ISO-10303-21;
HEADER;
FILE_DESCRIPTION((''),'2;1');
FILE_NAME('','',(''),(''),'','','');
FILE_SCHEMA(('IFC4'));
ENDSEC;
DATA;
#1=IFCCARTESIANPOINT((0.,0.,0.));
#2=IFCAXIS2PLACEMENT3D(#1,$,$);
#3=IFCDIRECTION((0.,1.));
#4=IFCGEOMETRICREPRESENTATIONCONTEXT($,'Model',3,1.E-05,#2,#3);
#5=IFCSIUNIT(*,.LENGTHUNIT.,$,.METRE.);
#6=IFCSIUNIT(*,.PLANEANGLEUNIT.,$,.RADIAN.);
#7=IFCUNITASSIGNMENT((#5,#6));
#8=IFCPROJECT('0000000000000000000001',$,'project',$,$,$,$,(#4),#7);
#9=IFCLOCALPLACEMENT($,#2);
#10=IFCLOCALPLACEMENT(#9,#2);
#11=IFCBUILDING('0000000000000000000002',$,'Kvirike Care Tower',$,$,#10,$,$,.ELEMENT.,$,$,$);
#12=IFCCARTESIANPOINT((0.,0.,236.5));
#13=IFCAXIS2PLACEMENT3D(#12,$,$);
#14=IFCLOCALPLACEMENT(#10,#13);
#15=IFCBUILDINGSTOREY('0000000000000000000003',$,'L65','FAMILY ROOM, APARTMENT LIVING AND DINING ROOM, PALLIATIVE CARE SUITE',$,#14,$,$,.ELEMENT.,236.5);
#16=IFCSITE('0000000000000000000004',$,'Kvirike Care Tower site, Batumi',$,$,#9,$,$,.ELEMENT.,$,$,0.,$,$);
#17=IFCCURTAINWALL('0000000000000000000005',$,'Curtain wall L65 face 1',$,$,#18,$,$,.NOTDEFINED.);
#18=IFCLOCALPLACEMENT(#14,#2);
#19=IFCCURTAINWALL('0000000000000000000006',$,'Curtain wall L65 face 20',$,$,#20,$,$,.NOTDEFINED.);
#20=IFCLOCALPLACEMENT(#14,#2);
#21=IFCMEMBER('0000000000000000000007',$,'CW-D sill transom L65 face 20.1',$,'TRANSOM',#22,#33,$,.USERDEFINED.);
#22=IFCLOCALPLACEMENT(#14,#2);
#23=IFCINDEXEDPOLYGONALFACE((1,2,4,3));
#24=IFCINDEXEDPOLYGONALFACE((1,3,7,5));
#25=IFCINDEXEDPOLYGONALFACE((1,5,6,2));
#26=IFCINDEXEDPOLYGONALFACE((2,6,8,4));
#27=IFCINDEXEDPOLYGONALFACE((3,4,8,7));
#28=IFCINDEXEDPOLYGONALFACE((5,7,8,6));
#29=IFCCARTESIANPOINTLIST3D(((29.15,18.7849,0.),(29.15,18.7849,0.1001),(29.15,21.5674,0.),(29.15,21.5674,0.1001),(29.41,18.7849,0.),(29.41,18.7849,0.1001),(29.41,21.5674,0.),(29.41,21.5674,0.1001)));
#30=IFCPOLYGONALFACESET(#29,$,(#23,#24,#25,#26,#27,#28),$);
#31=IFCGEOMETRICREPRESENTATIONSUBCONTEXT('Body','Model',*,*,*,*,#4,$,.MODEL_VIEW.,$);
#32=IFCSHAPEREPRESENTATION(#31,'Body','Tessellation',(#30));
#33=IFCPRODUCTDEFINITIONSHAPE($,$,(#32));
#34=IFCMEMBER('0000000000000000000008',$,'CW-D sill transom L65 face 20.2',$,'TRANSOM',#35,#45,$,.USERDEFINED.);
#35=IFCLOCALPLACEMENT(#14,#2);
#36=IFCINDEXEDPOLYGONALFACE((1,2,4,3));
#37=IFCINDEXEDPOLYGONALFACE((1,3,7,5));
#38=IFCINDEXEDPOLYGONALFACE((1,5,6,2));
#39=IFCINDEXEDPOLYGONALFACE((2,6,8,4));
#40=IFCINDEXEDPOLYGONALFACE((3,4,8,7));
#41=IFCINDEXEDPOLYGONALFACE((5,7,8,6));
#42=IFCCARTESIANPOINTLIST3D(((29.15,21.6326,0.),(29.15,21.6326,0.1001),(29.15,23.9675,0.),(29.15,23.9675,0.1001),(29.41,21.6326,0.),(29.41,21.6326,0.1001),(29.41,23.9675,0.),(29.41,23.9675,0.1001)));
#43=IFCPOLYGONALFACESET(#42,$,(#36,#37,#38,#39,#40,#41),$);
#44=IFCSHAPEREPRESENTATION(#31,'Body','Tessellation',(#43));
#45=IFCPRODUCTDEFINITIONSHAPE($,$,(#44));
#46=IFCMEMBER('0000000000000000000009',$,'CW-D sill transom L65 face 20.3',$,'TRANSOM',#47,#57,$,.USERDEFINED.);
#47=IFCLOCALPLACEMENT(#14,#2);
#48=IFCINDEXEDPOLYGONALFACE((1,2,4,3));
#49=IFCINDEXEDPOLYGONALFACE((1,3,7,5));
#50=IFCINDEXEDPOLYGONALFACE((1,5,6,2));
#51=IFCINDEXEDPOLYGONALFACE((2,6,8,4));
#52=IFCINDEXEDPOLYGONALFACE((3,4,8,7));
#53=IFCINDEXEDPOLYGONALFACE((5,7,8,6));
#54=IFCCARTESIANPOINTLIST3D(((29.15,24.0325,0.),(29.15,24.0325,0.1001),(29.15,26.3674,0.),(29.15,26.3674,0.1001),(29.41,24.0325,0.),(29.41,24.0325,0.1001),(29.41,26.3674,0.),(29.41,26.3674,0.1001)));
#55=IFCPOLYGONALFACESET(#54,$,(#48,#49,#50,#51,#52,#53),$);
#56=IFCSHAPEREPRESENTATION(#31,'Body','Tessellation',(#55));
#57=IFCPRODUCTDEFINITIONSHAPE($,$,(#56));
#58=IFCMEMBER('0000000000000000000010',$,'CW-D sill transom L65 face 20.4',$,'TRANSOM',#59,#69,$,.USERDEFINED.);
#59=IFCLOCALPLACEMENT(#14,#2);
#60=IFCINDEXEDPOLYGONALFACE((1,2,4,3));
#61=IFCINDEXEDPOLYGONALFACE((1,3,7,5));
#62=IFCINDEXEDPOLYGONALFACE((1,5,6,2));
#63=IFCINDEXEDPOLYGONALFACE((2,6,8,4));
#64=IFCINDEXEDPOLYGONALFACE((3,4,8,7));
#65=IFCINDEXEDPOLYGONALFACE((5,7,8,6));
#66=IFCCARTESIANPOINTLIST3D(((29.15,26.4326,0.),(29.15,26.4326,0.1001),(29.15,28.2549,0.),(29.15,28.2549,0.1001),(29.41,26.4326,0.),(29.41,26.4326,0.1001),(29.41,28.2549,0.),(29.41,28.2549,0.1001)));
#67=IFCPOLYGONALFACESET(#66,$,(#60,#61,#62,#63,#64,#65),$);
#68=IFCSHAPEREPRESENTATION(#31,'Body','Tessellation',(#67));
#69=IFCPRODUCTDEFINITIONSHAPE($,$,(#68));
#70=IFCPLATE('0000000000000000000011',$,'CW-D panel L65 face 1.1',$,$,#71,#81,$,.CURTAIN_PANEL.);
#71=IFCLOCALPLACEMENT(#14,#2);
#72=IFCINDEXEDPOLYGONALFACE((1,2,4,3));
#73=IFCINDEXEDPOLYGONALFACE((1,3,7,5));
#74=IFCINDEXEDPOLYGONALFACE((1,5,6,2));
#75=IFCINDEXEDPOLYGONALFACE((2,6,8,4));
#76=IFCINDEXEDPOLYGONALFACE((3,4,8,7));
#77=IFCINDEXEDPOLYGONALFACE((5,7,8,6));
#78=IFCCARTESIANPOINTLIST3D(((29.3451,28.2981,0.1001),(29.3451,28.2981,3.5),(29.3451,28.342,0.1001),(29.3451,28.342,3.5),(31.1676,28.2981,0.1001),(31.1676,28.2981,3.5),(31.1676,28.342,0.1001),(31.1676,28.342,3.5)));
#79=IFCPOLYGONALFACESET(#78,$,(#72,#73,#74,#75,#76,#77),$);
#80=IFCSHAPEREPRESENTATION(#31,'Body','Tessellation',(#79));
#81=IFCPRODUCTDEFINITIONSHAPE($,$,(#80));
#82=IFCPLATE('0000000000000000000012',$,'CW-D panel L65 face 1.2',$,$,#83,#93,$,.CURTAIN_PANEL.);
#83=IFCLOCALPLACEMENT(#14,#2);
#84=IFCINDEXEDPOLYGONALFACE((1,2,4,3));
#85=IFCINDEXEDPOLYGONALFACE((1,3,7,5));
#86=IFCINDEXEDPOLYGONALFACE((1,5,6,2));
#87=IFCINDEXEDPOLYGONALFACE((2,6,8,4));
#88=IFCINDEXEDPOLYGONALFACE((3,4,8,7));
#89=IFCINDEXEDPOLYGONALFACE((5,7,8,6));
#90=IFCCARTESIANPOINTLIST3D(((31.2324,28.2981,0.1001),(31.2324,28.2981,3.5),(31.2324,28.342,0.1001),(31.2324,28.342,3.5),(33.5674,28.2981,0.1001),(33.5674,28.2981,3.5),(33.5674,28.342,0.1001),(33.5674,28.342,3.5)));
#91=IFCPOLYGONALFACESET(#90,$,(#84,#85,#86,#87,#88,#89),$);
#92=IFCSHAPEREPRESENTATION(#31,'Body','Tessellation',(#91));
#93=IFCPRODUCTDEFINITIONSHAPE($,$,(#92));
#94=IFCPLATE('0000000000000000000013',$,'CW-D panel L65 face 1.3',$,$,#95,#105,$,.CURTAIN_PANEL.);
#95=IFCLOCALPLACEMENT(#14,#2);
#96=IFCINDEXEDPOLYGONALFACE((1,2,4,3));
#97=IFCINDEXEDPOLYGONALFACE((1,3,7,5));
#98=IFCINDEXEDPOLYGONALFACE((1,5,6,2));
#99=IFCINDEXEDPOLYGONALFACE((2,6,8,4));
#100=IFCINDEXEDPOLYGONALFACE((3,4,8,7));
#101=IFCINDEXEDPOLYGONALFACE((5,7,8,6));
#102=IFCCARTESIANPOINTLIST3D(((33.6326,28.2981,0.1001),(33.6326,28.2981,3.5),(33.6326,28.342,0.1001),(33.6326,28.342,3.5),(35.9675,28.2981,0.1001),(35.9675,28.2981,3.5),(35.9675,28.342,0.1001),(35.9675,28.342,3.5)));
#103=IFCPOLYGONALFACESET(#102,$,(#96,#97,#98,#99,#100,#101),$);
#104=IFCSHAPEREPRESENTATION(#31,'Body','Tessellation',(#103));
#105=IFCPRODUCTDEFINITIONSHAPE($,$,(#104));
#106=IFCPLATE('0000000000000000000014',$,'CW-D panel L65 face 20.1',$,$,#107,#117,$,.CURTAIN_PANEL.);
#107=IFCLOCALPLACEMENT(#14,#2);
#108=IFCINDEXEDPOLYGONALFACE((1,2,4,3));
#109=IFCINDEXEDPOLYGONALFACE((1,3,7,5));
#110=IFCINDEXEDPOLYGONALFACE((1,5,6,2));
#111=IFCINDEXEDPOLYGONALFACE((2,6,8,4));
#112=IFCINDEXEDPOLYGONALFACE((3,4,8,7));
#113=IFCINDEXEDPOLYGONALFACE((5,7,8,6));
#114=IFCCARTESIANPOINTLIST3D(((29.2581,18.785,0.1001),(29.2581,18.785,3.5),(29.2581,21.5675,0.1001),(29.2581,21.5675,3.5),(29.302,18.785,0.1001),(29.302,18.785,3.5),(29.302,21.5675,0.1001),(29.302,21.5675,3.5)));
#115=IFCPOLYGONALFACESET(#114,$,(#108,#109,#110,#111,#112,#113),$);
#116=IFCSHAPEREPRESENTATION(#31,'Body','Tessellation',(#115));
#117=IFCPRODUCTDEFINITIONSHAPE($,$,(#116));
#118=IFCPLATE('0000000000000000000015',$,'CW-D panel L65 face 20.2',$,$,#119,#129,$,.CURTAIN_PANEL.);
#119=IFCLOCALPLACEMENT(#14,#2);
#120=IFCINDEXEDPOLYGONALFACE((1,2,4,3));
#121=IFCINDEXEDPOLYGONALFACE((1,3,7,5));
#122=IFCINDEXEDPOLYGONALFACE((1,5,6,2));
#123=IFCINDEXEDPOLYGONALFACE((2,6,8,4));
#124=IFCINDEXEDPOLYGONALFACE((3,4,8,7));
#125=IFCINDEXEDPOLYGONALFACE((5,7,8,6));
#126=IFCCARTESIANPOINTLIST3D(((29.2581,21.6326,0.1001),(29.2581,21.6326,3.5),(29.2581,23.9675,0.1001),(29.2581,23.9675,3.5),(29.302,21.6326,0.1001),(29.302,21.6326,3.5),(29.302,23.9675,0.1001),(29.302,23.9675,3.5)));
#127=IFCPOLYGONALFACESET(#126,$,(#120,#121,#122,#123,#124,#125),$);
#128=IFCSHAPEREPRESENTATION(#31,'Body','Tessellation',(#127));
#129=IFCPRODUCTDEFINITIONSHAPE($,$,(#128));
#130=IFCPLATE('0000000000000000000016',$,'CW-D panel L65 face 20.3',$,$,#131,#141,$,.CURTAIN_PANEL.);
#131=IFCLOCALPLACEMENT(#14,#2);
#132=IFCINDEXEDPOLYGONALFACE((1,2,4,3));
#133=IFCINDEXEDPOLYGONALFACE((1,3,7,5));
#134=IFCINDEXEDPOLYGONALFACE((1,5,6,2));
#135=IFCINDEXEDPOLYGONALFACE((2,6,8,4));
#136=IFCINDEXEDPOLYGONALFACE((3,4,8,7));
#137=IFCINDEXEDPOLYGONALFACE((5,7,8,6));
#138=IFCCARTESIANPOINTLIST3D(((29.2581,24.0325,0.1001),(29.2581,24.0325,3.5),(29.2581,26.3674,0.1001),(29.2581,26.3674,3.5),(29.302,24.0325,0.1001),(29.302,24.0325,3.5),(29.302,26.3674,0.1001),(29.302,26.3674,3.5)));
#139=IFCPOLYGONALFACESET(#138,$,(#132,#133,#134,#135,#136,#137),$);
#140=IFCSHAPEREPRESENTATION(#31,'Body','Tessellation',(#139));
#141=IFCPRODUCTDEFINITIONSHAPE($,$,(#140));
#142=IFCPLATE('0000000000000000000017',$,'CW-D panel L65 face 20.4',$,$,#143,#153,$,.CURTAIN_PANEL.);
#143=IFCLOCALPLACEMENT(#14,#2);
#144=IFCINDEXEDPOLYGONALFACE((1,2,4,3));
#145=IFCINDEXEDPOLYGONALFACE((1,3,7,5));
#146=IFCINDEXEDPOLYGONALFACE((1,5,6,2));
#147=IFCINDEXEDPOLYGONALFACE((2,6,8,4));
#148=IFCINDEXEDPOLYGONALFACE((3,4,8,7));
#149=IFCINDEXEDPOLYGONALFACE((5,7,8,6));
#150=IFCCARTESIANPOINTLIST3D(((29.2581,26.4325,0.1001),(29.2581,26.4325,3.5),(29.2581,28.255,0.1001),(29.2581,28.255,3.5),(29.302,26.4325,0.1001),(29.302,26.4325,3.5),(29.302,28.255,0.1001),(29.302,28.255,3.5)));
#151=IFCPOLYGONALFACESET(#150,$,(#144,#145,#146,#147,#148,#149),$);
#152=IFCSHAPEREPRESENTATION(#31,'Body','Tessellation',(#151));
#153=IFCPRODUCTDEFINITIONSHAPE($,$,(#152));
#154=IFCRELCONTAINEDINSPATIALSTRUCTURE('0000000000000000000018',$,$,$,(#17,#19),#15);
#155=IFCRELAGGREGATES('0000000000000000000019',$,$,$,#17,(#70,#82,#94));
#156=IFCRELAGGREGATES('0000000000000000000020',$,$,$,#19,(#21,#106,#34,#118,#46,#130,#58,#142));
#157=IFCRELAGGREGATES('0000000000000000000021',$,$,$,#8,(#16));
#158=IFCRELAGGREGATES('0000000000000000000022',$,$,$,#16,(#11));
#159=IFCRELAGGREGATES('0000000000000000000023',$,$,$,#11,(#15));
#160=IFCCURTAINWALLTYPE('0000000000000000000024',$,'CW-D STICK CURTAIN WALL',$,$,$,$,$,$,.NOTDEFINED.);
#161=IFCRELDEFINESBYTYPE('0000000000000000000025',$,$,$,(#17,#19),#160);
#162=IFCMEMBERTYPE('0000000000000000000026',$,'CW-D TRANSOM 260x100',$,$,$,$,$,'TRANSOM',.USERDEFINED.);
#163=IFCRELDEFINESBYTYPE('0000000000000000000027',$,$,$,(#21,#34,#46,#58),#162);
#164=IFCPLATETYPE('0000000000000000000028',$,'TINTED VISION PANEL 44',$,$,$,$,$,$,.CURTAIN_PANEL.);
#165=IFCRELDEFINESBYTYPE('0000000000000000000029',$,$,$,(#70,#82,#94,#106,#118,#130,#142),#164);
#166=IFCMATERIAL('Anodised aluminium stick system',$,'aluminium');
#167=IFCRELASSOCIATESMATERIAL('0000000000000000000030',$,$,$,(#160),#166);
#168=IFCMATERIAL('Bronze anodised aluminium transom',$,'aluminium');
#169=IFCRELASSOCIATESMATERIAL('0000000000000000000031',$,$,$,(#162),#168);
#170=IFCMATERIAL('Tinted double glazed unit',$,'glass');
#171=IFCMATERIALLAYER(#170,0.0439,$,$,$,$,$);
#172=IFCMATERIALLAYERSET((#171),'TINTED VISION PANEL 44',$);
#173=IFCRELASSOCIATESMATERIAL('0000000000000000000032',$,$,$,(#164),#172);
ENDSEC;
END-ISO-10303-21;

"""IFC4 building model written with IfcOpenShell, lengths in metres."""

from ifc_helpers import new_model, si_unit, direction, frame, origin, origin_2d, place, context, subcontext, project, spatial, rectangle, extrude, material, layer, layer_set, material_profile, profile_set, type_object, element, aggregate, save


model = new_model("IFC4")

# Units and contexts
model_context = context("Model", 3, precision=1e-05, world=origin(), true_north=direction((0.0, 1.0)))
body_context = subcontext(model_context, "Body", "Model", "MODEL_VIEW")
ifc_project = project(units=[si_unit("LENGTHUNIT", "METRE"), si_unit("PLANEANGLEUNIT", "RADIAN")], contexts=[model_context])

# Site, building, storey
site_placement = place(None, origin())
site = spatial("IfcSite", under=ifc_project, at=site_placement, Name="Kvirike Care Tower site, Batumi", CompositionType="ELEMENT", RefElevation=0.0)
building_placement = place(site_placement, origin())
building = spatial("IfcBuilding", under=site, at=building_placement, Name="Kvirike Care Tower", CompositionType="ELEMENT")
storey_placement = place(building_placement, frame((0.0, 0.0, 236.5)))
storey = spatial("IfcBuildingStorey", under=building, at=storey_placement, Name="L65", Description="FAMILY ROOM, APARTMENT LIVING AND DINING ROOM, PALLIATIVE CARE SUITE", CompositionType="ELEMENT", Elevation=236.5)

# Curtain walls
ifc_material_1 = material(Name="Anodised aluminium stick system", Category="aluminium")
curtain_wall_type = type_object("IfcCurtainWallType", Name="CW-D STICK CURTAIN WALL", PredefinedType="NOTDEFINED", material=ifc_material_1)
curtain_wall_1_placement = place(storey_placement, origin())
curtain_wall_1 = element("IfcCurtainWall", 1, at=curtain_wall_1_placement, inside=storey, type_object=curtain_wall_type, Name="Curtain wall L65 face 1", PredefinedType="NOTDEFINED")
curtain_wall_2_placement = place(storey_placement, origin())
curtain_wall_2 = element("IfcCurtainWall", 2, at=curtain_wall_2_placement, inside=storey, type_object=curtain_wall_type, Name="Curtain wall L65 face 20", PredefinedType="NOTDEFINED")

# Members
ifc_material_2 = material(Name="Bronze anodised aluminium transom", Category="aluminium")
ifc_material_profile_1 = material_profile(ifc_material_2, rectangle(XDim=0.26, YDim=0.1001, at=origin_2d()), Name="CW-D TRANSOM 260x100")
ifc_profile_set_1 = profile_set([ifc_material_profile_1], Name="Bronze anodised aluminium transom")
member_type_1 = type_object("IfcMemberType", Name="CW-D TRANSOM 260x100", ElementType="TRANSOM", PredefinedType="USERDEFINED", material=ifc_profile_set_1)
member_1_placement = place(storey_placement, frame((29.28, 18.7849, 0.05), z_axis=(0.0, 1.0, 0.0), x_axis=(-1.0, 0.0, 0.0)))
member_1 = element("IfcMember", 3, at=member_1_placement, type_object=member_type_1, Name="CW-D sill transom L65 face 20.1", ObjectType="TRANSOM", PredefinedType="USERDEFINED", context=body_context, shape_type="SweptSolid", body=[
    extrude(rectangle(XDim=0.26, YDim=0.1001, at=origin_2d()), origin(), (0.0, 0.0, 1.0), 2.7825),
])
member_2_placement = place(storey_placement, frame((29.28, 21.6326, 0.05), z_axis=(0.0, 1.0, 0.0), x_axis=(-1.0, 0.0, 0.0)))
member_2 = element("IfcMember", 4, at=member_2_placement, type_object=member_type_1, Name="CW-D sill transom L65 face 20.2", ObjectType="TRANSOM", PredefinedType="USERDEFINED", context=body_context, shape_type="SweptSolid", body=[
    extrude(rectangle(XDim=0.26, YDim=0.1001, at=origin_2d()), origin(), (0.0, 0.0, 1.0), 2.335),
])
member_3_placement = place(storey_placement, frame((29.28, 24.0325, 0.05), z_axis=(0.0, 1.0, 0.0), x_axis=(-1.0, 0.0, 0.0)))
member_3 = element("IfcMember", 5, at=member_3_placement, type_object=member_type_1, Name="CW-D sill transom L65 face 20.3", ObjectType="TRANSOM", PredefinedType="USERDEFINED", context=body_context, shape_type="SweptSolid", body=[
    extrude(rectangle(XDim=0.26, YDim=0.1001, at=origin_2d()), origin(), (0.0, 0.0, 1.0), 2.335),
])
member_4_placement = place(storey_placement, frame((29.28, 26.4326, 0.05), z_axis=(0.0, 1.0, 0.0), x_axis=(-1.0, 0.0, 0.0)))
member_4 = element("IfcMember", 6, at=member_4_placement, type_object=member_type_1, Name="CW-D sill transom L65 face 20.4", ObjectType="TRANSOM", PredefinedType="USERDEFINED", context=body_context, shape_type="SweptSolid", body=[
    extrude(rectangle(XDim=0.26, YDim=0.1001, at=origin_2d()), origin(), (0.0, 0.0, 1.0), 1.8223),
])

# Plates
ifc_material_3 = material(Name="Tinted double glazed unit", Category="glass")
ifc_layer = layer(ifc_material_3, 0.0439)
ifc_layer_set = layer_set([ifc_layer], Name="TINTED VISION PANEL 44")
plate_type = type_object("IfcPlateType", Name="TINTED VISION PANEL 44", PredefinedType="CURTAIN_PANEL", material=ifc_layer_set)
plate_1_placement = place(storey_placement, frame((30.2563, 28.3201, 0.1001), z_axis=(0.0, 0.0, 1.0), x_axis=(1.0, 0.0, 0.0)))
plate_1 = element("IfcPlate", 7, at=plate_1_placement, type_object=plate_type, Name="CW-D panel L65 face 1.1", PredefinedType="CURTAIN_PANEL", context=body_context, shape_type="SweptSolid", body=[
    extrude(rectangle(XDim=1.8225, YDim=0.0439, at=origin_2d()), origin(), (0.0, 0.0, 1.0), 3.3999),
])
plate_2_placement = place(storey_placement, frame((32.3999, 28.3201, 0.1001), z_axis=(0.0, 0.0, 1.0), x_axis=(1.0, 0.0, 0.0)))
plate_2 = element("IfcPlate", 8, at=plate_2_placement, type_object=plate_type, Name="CW-D panel L65 face 1.2", PredefinedType="CURTAIN_PANEL", context=body_context, shape_type="SweptSolid", body=[
    extrude(rectangle(XDim=2.335, YDim=0.0439, at=origin_2d()), origin(), (0.0, 0.0, 1.0), 3.3999),
])
plate_3_placement = place(storey_placement, frame((34.8, 28.3201, 0.1001), z_axis=(0.0, 0.0, 1.0), x_axis=(1.0, 0.0, 0.0)))
plate_3 = element("IfcPlate", 9, at=plate_3_placement, type_object=plate_type, Name="CW-D panel L65 face 1.3", PredefinedType="CURTAIN_PANEL", context=body_context, shape_type="SweptSolid", body=[
    extrude(rectangle(XDim=2.335, YDim=0.0439, at=origin_2d()), origin(), (0.0, 0.0, 1.0), 3.3999),
])
aggregate(curtain_wall_1, [plate_1, plate_2, plate_3])
plate_4_placement = place(storey_placement, frame((29.28, 20.1763, 0.1001), z_axis=(0.0, 0.0, 1.0), x_axis=(0.0, 1.0, 0.0)))
plate_4 = element("IfcPlate", 10, at=plate_4_placement, type_object=plate_type, Name="CW-D panel L65 face 20.1", PredefinedType="CURTAIN_PANEL", context=body_context, shape_type="SweptSolid", body=[
    extrude(rectangle(XDim=2.7825, YDim=0.0439, at=origin_2d()), origin(), (0.0, 0.0, 1.0), 3.3999),
])
plate_5_placement = place(storey_placement, frame((29.28, 22.8, 0.1001), z_axis=(0.0, 0.0, 1.0), x_axis=(0.0, 1.0, 0.0)))
plate_5 = element("IfcPlate", 11, at=plate_5_placement, type_object=plate_type, Name="CW-D panel L65 face 20.2", PredefinedType="CURTAIN_PANEL", context=body_context, shape_type="SweptSolid", body=[
    extrude(rectangle(XDim=2.335, YDim=0.0439, at=origin_2d()), origin(), (0.0, 0.0, 1.0), 3.3999),
])
plate_6_placement = place(storey_placement, frame((29.28, 25.2, 0.1001), z_axis=(0.0, 0.0, 1.0), x_axis=(0.0, 1.0, 0.0)))
plate_6 = element("IfcPlate", 12, at=plate_6_placement, type_object=plate_type, Name="CW-D panel L65 face 20.3", PredefinedType="CURTAIN_PANEL", context=body_context, shape_type="SweptSolid", body=[
    extrude(rectangle(XDim=2.335, YDim=0.0439, at=origin_2d()), origin(), (0.0, 0.0, 1.0), 3.3999),
])
plate_7_placement = place(storey_placement, frame((29.28, 27.3438, 0.1001), z_axis=(0.0, 0.0, 1.0), x_axis=(0.0, 1.0, 0.0)))
plate_7 = element("IfcPlate", 13, at=plate_7_placement, type_object=plate_type, Name="CW-D panel L65 face 20.4", PredefinedType="CURTAIN_PANEL", context=body_context, shape_type="SweptSolid", body=[
    extrude(rectangle(XDim=1.8225, YDim=0.0439, at=origin_2d()), origin(), (0.0, 0.0, 1.0), 3.3999),
])
aggregate(curtain_wall_2, [member_1, plate_4, member_2, plate_5, member_3, plate_6, member_4, plate_7])

save(model, "model.ifc")
